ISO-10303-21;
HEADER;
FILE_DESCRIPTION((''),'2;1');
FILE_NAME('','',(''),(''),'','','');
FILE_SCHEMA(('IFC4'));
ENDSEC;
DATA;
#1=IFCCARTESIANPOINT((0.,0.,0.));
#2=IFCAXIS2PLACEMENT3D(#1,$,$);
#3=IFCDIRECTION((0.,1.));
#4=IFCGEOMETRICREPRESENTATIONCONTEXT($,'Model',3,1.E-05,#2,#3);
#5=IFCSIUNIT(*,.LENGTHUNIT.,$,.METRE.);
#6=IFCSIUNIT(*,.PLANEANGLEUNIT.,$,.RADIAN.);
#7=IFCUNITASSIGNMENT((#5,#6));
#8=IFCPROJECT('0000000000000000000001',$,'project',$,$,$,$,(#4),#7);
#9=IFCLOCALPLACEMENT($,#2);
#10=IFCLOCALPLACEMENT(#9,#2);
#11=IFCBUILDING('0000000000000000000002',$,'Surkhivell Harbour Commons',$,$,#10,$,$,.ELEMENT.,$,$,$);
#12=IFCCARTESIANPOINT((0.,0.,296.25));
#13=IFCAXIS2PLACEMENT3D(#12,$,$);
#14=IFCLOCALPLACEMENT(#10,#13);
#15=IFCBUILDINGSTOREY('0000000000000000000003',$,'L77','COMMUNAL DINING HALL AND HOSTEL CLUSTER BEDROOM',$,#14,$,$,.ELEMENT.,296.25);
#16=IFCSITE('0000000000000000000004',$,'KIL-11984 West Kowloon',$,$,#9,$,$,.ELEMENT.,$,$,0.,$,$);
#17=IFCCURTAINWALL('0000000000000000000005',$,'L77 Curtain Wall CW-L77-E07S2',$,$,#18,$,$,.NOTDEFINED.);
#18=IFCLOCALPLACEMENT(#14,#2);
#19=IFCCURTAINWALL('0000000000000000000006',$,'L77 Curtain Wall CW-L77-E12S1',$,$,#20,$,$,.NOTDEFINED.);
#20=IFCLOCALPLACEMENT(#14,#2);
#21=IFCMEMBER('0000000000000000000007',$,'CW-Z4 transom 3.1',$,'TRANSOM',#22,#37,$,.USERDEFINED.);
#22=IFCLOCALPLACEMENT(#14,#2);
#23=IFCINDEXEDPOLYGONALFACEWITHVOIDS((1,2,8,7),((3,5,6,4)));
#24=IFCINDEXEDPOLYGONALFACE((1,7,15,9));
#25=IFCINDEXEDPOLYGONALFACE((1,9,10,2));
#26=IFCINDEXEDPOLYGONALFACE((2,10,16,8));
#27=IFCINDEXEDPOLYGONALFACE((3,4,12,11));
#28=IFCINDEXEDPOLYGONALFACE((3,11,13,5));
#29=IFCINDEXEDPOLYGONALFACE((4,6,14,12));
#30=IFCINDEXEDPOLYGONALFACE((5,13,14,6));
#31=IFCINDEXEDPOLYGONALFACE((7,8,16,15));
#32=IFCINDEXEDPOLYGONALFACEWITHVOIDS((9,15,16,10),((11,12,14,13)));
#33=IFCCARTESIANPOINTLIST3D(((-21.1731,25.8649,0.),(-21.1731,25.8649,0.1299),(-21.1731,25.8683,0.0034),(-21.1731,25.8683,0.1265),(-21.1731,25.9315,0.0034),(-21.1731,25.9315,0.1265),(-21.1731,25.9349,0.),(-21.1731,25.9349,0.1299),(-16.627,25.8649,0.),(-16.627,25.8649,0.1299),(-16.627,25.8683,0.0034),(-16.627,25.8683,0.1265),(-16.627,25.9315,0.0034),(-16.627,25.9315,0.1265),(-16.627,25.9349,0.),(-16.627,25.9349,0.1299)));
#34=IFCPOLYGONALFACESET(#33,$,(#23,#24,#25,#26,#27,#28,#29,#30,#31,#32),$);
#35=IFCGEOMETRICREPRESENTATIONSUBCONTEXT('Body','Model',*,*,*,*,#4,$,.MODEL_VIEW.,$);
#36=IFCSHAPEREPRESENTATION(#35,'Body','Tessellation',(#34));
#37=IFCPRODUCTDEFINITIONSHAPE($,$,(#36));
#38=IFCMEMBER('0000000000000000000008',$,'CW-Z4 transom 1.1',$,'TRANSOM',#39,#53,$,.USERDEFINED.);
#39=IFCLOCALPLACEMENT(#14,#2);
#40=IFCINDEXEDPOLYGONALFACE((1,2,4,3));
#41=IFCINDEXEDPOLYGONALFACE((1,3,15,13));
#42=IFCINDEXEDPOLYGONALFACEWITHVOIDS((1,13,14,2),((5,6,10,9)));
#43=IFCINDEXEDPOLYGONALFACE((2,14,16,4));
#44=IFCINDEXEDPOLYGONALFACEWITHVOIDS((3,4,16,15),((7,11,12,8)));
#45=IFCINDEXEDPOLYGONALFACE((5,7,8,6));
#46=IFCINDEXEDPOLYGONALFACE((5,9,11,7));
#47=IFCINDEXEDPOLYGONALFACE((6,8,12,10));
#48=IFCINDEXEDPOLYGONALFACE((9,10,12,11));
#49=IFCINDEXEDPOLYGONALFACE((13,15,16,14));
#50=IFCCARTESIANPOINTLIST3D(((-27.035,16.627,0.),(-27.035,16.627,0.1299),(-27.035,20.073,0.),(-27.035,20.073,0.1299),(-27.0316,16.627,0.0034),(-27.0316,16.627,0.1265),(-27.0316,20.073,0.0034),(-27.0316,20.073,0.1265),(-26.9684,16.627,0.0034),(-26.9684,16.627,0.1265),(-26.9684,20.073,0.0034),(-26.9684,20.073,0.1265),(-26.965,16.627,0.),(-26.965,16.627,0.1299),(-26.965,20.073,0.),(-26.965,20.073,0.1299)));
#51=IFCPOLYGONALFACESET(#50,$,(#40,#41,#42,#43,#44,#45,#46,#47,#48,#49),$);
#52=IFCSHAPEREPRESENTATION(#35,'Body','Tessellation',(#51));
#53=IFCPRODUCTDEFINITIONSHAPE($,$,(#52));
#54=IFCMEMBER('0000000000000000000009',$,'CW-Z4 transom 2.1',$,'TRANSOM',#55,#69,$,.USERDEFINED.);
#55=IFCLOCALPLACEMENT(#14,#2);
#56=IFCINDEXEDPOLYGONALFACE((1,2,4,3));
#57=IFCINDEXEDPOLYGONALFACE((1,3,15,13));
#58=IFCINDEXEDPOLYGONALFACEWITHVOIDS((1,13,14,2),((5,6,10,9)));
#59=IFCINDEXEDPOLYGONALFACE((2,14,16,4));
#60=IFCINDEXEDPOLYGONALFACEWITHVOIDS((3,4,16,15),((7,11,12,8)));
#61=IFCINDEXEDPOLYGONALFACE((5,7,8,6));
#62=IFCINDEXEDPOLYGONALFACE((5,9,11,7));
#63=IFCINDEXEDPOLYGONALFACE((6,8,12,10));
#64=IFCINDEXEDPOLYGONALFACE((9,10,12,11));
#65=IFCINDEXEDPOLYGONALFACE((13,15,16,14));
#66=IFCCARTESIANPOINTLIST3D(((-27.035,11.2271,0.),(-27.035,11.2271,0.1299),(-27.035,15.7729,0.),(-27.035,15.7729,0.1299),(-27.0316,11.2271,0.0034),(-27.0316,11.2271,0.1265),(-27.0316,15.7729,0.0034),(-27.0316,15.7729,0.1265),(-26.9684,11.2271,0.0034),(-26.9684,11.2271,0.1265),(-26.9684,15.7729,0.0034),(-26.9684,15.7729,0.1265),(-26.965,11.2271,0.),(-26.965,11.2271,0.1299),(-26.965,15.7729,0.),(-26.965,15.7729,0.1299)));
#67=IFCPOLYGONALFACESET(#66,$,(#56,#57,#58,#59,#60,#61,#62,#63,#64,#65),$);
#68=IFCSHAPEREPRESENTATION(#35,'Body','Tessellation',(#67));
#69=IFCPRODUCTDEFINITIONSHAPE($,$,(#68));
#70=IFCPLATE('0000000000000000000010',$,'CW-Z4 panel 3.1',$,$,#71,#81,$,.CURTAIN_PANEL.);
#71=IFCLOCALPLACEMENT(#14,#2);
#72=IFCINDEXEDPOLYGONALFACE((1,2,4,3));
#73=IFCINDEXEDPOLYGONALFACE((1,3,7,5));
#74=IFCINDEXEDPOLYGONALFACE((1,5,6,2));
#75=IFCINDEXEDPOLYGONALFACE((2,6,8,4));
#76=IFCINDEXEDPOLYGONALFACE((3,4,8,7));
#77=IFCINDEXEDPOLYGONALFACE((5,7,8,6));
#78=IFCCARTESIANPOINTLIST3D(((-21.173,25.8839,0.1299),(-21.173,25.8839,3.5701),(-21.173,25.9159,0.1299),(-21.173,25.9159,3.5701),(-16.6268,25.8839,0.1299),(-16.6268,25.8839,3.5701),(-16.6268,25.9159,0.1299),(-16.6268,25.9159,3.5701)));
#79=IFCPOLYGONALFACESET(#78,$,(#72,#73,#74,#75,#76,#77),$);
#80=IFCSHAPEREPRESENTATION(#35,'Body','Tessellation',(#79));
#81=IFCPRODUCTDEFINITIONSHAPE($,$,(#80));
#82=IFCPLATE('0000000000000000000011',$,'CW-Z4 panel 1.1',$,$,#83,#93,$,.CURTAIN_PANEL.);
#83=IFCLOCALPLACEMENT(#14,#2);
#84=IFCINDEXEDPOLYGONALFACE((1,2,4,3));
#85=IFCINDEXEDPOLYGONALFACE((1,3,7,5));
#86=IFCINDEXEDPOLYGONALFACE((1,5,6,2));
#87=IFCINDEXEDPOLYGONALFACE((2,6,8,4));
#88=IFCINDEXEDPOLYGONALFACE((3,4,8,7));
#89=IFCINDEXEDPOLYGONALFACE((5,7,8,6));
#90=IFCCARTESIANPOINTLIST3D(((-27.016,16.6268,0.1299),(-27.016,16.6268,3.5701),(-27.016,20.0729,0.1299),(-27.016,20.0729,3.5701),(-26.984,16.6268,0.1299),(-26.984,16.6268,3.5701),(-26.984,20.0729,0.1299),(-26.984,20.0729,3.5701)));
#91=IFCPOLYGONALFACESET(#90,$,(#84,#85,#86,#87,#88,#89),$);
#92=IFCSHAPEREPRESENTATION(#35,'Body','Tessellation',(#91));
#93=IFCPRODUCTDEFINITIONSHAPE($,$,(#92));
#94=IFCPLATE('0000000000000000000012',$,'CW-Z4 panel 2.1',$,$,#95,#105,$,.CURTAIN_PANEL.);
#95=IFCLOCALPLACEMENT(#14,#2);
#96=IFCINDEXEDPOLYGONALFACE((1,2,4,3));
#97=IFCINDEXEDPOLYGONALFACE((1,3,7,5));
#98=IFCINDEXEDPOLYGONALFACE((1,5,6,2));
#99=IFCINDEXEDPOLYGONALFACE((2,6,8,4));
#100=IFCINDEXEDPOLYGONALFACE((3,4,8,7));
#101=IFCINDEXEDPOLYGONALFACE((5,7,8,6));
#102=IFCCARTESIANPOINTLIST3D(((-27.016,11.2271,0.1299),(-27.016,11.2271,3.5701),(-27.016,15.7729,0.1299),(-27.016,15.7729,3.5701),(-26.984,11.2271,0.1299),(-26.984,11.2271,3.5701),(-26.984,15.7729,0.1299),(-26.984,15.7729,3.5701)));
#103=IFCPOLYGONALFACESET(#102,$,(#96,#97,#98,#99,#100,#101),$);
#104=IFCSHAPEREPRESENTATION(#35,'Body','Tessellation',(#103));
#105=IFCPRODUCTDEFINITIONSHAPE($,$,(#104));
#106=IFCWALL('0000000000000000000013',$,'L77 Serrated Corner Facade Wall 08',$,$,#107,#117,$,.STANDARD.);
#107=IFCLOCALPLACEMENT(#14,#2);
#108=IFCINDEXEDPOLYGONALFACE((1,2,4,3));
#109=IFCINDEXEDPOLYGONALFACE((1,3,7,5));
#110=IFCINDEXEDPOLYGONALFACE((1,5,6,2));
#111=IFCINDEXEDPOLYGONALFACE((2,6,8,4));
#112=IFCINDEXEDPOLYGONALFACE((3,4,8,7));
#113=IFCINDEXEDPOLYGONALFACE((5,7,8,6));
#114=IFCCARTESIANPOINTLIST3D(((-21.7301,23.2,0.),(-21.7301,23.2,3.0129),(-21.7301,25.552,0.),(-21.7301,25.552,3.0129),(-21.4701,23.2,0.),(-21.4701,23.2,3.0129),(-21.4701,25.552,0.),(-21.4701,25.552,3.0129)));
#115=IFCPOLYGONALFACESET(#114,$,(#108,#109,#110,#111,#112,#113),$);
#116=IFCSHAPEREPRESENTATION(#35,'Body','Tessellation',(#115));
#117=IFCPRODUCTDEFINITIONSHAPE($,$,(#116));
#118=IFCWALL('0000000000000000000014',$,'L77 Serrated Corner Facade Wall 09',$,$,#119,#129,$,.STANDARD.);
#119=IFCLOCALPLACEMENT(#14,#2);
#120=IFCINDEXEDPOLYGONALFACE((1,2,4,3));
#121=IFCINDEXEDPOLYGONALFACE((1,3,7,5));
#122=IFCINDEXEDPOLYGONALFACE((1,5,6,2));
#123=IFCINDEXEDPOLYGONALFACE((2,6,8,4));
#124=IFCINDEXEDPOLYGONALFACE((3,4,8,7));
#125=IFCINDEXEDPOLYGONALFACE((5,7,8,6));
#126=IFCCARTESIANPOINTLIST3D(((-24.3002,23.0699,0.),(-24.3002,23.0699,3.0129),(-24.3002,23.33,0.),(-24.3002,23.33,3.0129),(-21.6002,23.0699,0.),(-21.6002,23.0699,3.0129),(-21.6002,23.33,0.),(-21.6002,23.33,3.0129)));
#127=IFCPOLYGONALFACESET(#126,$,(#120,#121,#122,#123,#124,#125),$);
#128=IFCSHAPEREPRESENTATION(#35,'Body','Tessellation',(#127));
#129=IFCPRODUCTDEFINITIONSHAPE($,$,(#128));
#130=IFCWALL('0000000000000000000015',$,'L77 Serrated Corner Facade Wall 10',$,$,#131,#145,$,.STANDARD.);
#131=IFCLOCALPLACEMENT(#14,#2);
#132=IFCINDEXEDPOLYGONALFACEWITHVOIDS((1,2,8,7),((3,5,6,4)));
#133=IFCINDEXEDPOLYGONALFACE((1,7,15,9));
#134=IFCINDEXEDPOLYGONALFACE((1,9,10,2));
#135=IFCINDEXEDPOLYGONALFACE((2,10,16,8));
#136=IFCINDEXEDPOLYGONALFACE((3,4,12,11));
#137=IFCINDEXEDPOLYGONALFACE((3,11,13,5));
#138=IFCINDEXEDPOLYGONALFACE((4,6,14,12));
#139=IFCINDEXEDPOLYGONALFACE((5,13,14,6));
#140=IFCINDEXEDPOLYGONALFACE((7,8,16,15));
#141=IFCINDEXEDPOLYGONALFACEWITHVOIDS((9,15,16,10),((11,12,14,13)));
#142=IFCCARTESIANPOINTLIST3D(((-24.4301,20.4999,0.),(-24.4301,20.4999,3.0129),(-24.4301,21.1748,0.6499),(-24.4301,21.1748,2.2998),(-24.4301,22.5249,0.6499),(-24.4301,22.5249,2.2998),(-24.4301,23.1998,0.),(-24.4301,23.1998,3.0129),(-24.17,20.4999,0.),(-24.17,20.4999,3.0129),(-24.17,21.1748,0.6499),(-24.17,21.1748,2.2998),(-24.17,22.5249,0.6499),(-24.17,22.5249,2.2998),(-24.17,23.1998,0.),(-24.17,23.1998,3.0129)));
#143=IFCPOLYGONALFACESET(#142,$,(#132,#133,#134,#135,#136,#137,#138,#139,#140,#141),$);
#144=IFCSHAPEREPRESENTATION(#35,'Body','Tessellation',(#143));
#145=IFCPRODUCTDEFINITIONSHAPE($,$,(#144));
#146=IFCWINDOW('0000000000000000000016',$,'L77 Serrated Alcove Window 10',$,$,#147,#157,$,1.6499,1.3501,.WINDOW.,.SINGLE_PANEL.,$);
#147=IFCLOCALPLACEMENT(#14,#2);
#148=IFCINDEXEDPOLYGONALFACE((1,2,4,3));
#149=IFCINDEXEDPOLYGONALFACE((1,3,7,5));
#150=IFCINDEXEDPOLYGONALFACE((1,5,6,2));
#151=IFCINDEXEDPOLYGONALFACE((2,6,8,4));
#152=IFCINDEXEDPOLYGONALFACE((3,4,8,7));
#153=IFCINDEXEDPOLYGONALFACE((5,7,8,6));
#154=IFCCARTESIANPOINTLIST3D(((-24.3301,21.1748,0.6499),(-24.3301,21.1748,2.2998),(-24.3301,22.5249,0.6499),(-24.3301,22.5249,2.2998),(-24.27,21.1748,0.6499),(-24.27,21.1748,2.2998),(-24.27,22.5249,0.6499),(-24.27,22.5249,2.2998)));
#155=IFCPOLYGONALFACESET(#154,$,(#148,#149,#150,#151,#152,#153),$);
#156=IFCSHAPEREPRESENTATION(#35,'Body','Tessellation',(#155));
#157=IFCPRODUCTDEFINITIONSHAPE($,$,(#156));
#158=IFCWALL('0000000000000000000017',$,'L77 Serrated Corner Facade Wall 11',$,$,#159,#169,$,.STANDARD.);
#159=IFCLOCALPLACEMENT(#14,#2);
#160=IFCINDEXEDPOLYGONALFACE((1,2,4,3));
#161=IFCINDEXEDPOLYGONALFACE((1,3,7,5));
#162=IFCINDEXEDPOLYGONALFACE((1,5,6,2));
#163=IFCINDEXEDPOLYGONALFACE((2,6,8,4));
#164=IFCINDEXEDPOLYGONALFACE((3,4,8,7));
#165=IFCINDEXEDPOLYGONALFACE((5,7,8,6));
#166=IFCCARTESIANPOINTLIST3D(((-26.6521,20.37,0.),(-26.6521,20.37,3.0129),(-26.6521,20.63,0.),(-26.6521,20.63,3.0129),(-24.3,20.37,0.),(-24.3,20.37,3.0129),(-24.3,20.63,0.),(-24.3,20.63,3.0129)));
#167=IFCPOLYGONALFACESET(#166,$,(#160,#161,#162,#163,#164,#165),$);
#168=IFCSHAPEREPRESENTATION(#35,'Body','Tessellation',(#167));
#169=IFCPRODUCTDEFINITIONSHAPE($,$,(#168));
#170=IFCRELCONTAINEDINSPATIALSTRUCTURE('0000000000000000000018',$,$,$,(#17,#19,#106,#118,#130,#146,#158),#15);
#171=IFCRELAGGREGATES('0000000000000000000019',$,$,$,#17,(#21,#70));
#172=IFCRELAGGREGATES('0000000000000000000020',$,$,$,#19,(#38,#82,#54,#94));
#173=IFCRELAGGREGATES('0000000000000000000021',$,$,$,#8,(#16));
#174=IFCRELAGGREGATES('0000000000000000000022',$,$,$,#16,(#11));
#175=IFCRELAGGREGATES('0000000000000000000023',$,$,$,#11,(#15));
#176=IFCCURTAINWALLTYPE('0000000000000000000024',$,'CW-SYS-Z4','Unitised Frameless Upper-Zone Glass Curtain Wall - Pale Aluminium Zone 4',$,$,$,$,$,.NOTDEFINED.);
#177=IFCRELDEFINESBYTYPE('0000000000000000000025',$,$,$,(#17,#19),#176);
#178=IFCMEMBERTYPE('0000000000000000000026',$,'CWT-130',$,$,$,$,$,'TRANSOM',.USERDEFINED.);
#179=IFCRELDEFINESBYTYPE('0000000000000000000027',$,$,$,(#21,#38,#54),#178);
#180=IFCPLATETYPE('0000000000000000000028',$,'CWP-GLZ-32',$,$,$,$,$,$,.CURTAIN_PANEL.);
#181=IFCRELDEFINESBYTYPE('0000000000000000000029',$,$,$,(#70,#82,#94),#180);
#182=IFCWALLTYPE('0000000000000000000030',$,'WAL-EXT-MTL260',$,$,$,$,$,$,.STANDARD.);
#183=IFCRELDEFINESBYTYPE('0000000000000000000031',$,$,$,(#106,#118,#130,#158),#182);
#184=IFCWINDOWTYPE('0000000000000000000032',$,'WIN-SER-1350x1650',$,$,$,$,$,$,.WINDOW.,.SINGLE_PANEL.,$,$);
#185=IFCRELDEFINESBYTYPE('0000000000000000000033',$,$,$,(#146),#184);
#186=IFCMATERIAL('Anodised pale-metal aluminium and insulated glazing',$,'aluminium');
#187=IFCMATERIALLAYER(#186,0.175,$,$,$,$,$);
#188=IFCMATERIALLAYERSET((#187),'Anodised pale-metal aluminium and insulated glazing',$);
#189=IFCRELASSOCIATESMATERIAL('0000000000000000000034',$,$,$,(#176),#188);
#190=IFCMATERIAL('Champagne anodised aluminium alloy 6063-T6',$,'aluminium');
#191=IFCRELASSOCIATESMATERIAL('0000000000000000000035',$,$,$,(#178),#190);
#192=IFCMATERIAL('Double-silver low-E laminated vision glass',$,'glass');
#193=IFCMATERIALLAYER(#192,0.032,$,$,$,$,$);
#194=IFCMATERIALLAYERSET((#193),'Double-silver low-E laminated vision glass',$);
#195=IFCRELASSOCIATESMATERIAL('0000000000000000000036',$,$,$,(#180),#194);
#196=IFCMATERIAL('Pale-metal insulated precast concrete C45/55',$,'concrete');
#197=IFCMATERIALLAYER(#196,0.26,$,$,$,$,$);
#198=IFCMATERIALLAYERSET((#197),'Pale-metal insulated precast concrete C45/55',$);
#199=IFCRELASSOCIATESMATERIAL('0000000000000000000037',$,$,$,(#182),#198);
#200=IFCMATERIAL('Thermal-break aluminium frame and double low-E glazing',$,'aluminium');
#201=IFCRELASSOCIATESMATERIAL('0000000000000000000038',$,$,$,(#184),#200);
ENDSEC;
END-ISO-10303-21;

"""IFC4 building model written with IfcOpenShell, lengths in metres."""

from ifc_helpers import new_model, si_unit, direction, frame, frame_2d, origin, origin_2d, place, context, subcontext, project, spatial, rectangle, hollow_rectangle, extrude, material, layer, layer_set, material_profile, profile_set, type_object, element, fill, aggregate, save


model = new_model("IFC4")

# Units and contexts
model_context = context("Model", 3, precision=1e-05, world=origin(), true_north=direction((0.0, 1.0)))
body_context = subcontext(model_context, "Body", "Model", "MODEL_VIEW")
ifc_project = project(units=[si_unit("LENGTHUNIT", "METRE"), si_unit("PLANEANGLEUNIT", "RADIAN")], contexts=[model_context])

# Site, building, storey
site_placement = place(None, origin())
site = spatial("IfcSite", under=ifc_project, at=site_placement, Name="KIL-11984 West Kowloon", CompositionType="ELEMENT", RefElevation=0.0)
building_placement = place(site_placement, origin())
building = spatial("IfcBuilding", under=site, at=building_placement, Name="Surkhivell Harbour Commons", CompositionType="ELEMENT")
storey_placement = place(building_placement, frame((0.0, 0.0, 296.25)))
storey = spatial("IfcBuildingStorey", under=building, at=storey_placement, Name="L77", Description="COMMUNAL DINING HALL AND HOSTEL CLUSTER BEDROOM", CompositionType="ELEMENT", Elevation=296.25)

# Curtain wall
ifc_material_1 = material(Name="Anodised pale-metal aluminium and insulated glazing", Category="aluminium")
ifc_layer_1 = layer(ifc_material_1, 0.175)
ifc_layer_set_1 = layer_set([ifc_layer_1], Name="Anodised pale-metal aluminium and insulated glazing")
curtain_wall_type = type_object("IfcCurtainWallType", Name="CW-SYS-Z4", Description="Unitised Frameless Upper-Zone Glass Curtain Wall - Pale Aluminium Zone 4", PredefinedType="NOTDEFINED", material=ifc_layer_set_1)
curtain_wall_1_placement = place(storey_placement, origin())
curtain_wall_1 = element("IfcCurtainWall", 1, at=curtain_wall_1_placement, inside=storey, type_object=curtain_wall_type, Name="L77 Curtain Wall CW-L77-E07S2", PredefinedType="NOTDEFINED")

# Curtain wall
curtain_wall_2_placement = place(storey_placement, origin())
curtain_wall_2 = element("IfcCurtainWall", 2, at=curtain_wall_2_placement, inside=storey, type_object=curtain_wall_type, Name="L77 Curtain Wall CW-L77-E12S1", PredefinedType="NOTDEFINED")

# Members
ifc_material_2 = material(Name="Champagne anodised aluminium alloy 6063-T6", Category="aluminium")
ifc_material_profile_1 = material_profile(ifc_material_2, hollow_rectangle(XDim=0.0701, YDim=0.1299, WallThickness=0.0034, at=origin_2d()), Name="ALU-TRAN-70x130")
ifc_profile_set_1 = profile_set([ifc_material_profile_1], Name="Champagne anodised aluminium alloy 6063-T6")
member_type_1 = type_object("IfcMemberType", Name="CWT-130", ElementType="TRANSOM", PredefinedType="USERDEFINED", material=ifc_profile_set_1)
member_1_placement = place(storey_placement, frame((-16.627, 25.8999, 0.0649), z_axis=(-1.0, 0.0, 0.0), x_axis=(0.0, -1.0, 0.0)))
member_1 = element("IfcMember", 3, at=member_1_placement, type_object=member_type_1, Name="CW-Z4 transom 3.1", ObjectType="TRANSOM", PredefinedType="USERDEFINED", context=body_context, shape_type="SweptSolid", body=[
    extrude(hollow_rectangle(XDim=0.0701, YDim=0.1299, WallThickness=0.0034, at=origin_2d()), origin(), (0.0, 0.0, 1.0), 4.5461),
])
member_2_placement = place(storey_placement, frame((-27.0, 20.073, 0.0649), z_axis=(0.0, -1.0, 0.0), x_axis=(1.0, 0.0, 0.0)))
member_2 = element("IfcMember", 4, at=member_2_placement, type_object=member_type_1, Name="CW-Z4 transom 1.1", ObjectType="TRANSOM", PredefinedType="USERDEFINED", context=body_context, shape_type="SweptSolid", body=[
    extrude(hollow_rectangle(XDim=0.0701, YDim=0.1299, WallThickness=0.0034, at=origin_2d()), origin(), (0.0, 0.0, 1.0), 3.446),
])
member_3_placement = place(storey_placement, frame((-27.0, 15.7729, 0.0649), z_axis=(0.0, -1.0, 0.0), x_axis=(1.0, 0.0, 0.0)))
member_3 = element("IfcMember", 5, at=member_3_placement, type_object=member_type_1, Name="CW-Z4 transom 2.1", ObjectType="TRANSOM", PredefinedType="USERDEFINED", context=body_context, shape_type="SweptSolid", body=[
    extrude(hollow_rectangle(XDim=0.0701, YDim=0.1299, WallThickness=0.0034, at=origin_2d()), origin(), (0.0, 0.0, 1.0), 4.5459),
])

# Plates
ifc_material_3 = material(Name="Double-silver low-E laminated vision glass", Category="glass")
ifc_layer_2 = layer(ifc_material_3, 0.032)
ifc_layer_set_2 = layer_set([ifc_layer_2], Name="Double-silver low-E laminated vision glass")
plate_type = type_object("IfcPlateType", Name="CWP-GLZ-32", PredefinedType="CURTAIN_PANEL", material=ifc_layer_set_2)
plate_1_placement = place(storey_placement, frame((-16.627, 25.8999, 0.1299), z_axis=(0.0, 0.0, 1.0), x_axis=(-1.0, 0.0, 0.0)))
plate_1 = element("IfcPlate", 6, at=plate_1_placement, type_object=plate_type, Name="CW-Z4 panel 3.1", PredefinedType="CURTAIN_PANEL", context=body_context, shape_type="SweptSolid", body=[
    extrude(rectangle(XDim=4.5461, YDim=0.032, at=frame_2d((2.2729, 0.0))), origin(), (0.0, 0.0, 1.0), 3.4402),
])
aggregate(curtain_wall_1, [member_1, plate_1])
plate_2_placement = place(storey_placement, frame((-27.0, 20.073, 0.1299), z_axis=(0.0, 0.0, 1.0), x_axis=(0.0, -1.0, 0.0)))
plate_2 = element("IfcPlate", 7, at=plate_2_placement, type_object=plate_type, Name="CW-Z4 panel 1.1", PredefinedType="CURTAIN_PANEL", context=body_context, shape_type="SweptSolid", body=[
    extrude(rectangle(XDim=3.446, YDim=0.032, at=frame_2d((1.7231, 0.0))), origin(), (0.0, 0.0, 1.0), 3.4402),
])
plate_3_placement = place(storey_placement, frame((-27.0, 15.7729, 0.1299), z_axis=(0.0, 0.0, 1.0), x_axis=(0.0, -1.0, 0.0)))
plate_3 = element("IfcPlate", 8, at=plate_3_placement, type_object=plate_type, Name="CW-Z4 panel 2.1", PredefinedType="CURTAIN_PANEL", context=body_context, shape_type="SweptSolid", body=[
    extrude(rectangle(XDim=4.5459, YDim=0.032, at=frame_2d((2.2729, 0.0))), origin(), (0.0, 0.0, 1.0), 3.4402),
])
aggregate(curtain_wall_2, [member_2, plate_2, member_3, plate_3])

# Walls
ifc_material_4 = material(Name="Pale-metal insulated precast concrete C45/55", Category="concrete")
ifc_layer_3 = layer(ifc_material_4, 0.26)
ifc_layer_set_3 = layer_set([ifc_layer_3], Name="Pale-metal insulated precast concrete C45/55")
wall_type = type_object("IfcWallType", Name="WAL-EXT-MTL260", PredefinedType="STANDARD", material=ifc_layer_set_3)
wall_1_placement = place(storey_placement, frame((-21.6001, 25.552, 0.0), z_axis=(0.0, 0.0, 1.0), x_axis=(0.0, -1.0, 0.0)))
element("IfcWall", 9, at=wall_1_placement, inside=storey, type_object=wall_type, Name="L77 Serrated Corner Facade Wall 08", PredefinedType="STANDARD", context=body_context, shape_type="SweptSolid", body=[
    extrude(rectangle(XDim=2.3521, YDim=0.26, at=frame_2d((1.176, 0.0))), origin(), (0.0, 0.0, 1.0), 3.0129),
])
wall_2_placement = place(storey_placement, frame((-21.6001, 23.2, 0.0), z_axis=(0.0, 0.0, 1.0), x_axis=(-1.0, 0.0, 0.0)))
element("IfcWall", 10, at=wall_2_placement, inside=storey, type_object=wall_type, Name="L77 Serrated Corner Facade Wall 09", PredefinedType="STANDARD", context=body_context, shape_type="SweptSolid", body=[
    extrude(rectangle(XDim=2.7, YDim=0.26, at=frame_2d((1.3501, 0.0))), origin(), (0.0, 0.0, 1.0), 3.0129),
])

# Wall, opening, window
wall_3_placement = place(storey_placement, frame((-24.3, 23.2, 0.0), z_axis=(0.0, 0.0, 1.0), x_axis=(0.0, -1.0, 0.0)))
wall_3 = element("IfcWall", 11, at=wall_3_placement, inside=storey, type_object=wall_type, Name="L77 Serrated Corner Facade Wall 10", PredefinedType="STANDARD", context=body_context, shape_type="SweptSolid", body=[
    extrude(rectangle(XDim=2.7, YDim=0.26, at=frame_2d((1.3501, 0.0))), origin(), (0.0, 0.0, 1.0), 3.0129),
])
opening_placement = place(wall_3_placement, frame((0.675, 0.0, 0.6499)))
opening = element("IfcOpeningElement", 12, at=opening_placement, cuts=wall_3, PredefinedType="OPENING", context=body_context, shape_type="SweptSolid", body=[
    extrude(rectangle(XDim=1.3501, YDim=1.6499, at=frame_2d((0.675, 0.825))), frame((0.0, 0.1399, 0.0), z_axis=(0.0, -1.0, 0.0), x_axis=(1.0, 0.0, 0.0)), (0.0, 0.0, 1.0), 0.28),
])
ifc_material_5 = material(Name="Thermal-break aluminium frame and double low-E glazing", Category="aluminium")
window_type = type_object("IfcWindowType", Name="WIN-SER-1350x1650", PartitioningType="SINGLE_PANEL", PredefinedType="WINDOW", material=ifc_material_5)
window_placement = place(opening_placement, origin())
window = element("IfcWindow", 13, at=window_placement, inside=storey, type_object=window_type, Name="L77 Serrated Alcove Window 10", OverallHeight=1.6499, OverallWidth=1.3501, PartitioningType="SINGLE_PANEL", PredefinedType="WINDOW", context=body_context, shape_type="SweptSolid", body=[
    extrude(rectangle(XDim=1.3501, YDim=1.6499, at=frame_2d((0.675, 0.825))), frame((0.0, 0.03, 0.0), z_axis=(0.0, -1.0, 0.0), x_axis=(1.0, 0.0, 0.0)), (0.0, 0.0, 1.0), 0.0601),
])
fill(opening, window)

# Wall
wall_4_placement = place(storey_placement, frame((-24.3, 20.5, 0.0), z_axis=(0.0, 0.0, 1.0), x_axis=(-1.0, 0.0, 0.0)))
element("IfcWall", 14, at=wall_4_placement, inside=storey, type_object=wall_type, Name="L77 Serrated Corner Facade Wall 11", PredefinedType="STANDARD", context=body_context, shape_type="SweptSolid", body=[
    extrude(rectangle(XDim=2.3521, YDim=0.26, at=frame_2d((1.176, 0.0))), origin(), (0.0, 0.0, 1.0), 3.0129),
])

save(model, "model.ifc")
